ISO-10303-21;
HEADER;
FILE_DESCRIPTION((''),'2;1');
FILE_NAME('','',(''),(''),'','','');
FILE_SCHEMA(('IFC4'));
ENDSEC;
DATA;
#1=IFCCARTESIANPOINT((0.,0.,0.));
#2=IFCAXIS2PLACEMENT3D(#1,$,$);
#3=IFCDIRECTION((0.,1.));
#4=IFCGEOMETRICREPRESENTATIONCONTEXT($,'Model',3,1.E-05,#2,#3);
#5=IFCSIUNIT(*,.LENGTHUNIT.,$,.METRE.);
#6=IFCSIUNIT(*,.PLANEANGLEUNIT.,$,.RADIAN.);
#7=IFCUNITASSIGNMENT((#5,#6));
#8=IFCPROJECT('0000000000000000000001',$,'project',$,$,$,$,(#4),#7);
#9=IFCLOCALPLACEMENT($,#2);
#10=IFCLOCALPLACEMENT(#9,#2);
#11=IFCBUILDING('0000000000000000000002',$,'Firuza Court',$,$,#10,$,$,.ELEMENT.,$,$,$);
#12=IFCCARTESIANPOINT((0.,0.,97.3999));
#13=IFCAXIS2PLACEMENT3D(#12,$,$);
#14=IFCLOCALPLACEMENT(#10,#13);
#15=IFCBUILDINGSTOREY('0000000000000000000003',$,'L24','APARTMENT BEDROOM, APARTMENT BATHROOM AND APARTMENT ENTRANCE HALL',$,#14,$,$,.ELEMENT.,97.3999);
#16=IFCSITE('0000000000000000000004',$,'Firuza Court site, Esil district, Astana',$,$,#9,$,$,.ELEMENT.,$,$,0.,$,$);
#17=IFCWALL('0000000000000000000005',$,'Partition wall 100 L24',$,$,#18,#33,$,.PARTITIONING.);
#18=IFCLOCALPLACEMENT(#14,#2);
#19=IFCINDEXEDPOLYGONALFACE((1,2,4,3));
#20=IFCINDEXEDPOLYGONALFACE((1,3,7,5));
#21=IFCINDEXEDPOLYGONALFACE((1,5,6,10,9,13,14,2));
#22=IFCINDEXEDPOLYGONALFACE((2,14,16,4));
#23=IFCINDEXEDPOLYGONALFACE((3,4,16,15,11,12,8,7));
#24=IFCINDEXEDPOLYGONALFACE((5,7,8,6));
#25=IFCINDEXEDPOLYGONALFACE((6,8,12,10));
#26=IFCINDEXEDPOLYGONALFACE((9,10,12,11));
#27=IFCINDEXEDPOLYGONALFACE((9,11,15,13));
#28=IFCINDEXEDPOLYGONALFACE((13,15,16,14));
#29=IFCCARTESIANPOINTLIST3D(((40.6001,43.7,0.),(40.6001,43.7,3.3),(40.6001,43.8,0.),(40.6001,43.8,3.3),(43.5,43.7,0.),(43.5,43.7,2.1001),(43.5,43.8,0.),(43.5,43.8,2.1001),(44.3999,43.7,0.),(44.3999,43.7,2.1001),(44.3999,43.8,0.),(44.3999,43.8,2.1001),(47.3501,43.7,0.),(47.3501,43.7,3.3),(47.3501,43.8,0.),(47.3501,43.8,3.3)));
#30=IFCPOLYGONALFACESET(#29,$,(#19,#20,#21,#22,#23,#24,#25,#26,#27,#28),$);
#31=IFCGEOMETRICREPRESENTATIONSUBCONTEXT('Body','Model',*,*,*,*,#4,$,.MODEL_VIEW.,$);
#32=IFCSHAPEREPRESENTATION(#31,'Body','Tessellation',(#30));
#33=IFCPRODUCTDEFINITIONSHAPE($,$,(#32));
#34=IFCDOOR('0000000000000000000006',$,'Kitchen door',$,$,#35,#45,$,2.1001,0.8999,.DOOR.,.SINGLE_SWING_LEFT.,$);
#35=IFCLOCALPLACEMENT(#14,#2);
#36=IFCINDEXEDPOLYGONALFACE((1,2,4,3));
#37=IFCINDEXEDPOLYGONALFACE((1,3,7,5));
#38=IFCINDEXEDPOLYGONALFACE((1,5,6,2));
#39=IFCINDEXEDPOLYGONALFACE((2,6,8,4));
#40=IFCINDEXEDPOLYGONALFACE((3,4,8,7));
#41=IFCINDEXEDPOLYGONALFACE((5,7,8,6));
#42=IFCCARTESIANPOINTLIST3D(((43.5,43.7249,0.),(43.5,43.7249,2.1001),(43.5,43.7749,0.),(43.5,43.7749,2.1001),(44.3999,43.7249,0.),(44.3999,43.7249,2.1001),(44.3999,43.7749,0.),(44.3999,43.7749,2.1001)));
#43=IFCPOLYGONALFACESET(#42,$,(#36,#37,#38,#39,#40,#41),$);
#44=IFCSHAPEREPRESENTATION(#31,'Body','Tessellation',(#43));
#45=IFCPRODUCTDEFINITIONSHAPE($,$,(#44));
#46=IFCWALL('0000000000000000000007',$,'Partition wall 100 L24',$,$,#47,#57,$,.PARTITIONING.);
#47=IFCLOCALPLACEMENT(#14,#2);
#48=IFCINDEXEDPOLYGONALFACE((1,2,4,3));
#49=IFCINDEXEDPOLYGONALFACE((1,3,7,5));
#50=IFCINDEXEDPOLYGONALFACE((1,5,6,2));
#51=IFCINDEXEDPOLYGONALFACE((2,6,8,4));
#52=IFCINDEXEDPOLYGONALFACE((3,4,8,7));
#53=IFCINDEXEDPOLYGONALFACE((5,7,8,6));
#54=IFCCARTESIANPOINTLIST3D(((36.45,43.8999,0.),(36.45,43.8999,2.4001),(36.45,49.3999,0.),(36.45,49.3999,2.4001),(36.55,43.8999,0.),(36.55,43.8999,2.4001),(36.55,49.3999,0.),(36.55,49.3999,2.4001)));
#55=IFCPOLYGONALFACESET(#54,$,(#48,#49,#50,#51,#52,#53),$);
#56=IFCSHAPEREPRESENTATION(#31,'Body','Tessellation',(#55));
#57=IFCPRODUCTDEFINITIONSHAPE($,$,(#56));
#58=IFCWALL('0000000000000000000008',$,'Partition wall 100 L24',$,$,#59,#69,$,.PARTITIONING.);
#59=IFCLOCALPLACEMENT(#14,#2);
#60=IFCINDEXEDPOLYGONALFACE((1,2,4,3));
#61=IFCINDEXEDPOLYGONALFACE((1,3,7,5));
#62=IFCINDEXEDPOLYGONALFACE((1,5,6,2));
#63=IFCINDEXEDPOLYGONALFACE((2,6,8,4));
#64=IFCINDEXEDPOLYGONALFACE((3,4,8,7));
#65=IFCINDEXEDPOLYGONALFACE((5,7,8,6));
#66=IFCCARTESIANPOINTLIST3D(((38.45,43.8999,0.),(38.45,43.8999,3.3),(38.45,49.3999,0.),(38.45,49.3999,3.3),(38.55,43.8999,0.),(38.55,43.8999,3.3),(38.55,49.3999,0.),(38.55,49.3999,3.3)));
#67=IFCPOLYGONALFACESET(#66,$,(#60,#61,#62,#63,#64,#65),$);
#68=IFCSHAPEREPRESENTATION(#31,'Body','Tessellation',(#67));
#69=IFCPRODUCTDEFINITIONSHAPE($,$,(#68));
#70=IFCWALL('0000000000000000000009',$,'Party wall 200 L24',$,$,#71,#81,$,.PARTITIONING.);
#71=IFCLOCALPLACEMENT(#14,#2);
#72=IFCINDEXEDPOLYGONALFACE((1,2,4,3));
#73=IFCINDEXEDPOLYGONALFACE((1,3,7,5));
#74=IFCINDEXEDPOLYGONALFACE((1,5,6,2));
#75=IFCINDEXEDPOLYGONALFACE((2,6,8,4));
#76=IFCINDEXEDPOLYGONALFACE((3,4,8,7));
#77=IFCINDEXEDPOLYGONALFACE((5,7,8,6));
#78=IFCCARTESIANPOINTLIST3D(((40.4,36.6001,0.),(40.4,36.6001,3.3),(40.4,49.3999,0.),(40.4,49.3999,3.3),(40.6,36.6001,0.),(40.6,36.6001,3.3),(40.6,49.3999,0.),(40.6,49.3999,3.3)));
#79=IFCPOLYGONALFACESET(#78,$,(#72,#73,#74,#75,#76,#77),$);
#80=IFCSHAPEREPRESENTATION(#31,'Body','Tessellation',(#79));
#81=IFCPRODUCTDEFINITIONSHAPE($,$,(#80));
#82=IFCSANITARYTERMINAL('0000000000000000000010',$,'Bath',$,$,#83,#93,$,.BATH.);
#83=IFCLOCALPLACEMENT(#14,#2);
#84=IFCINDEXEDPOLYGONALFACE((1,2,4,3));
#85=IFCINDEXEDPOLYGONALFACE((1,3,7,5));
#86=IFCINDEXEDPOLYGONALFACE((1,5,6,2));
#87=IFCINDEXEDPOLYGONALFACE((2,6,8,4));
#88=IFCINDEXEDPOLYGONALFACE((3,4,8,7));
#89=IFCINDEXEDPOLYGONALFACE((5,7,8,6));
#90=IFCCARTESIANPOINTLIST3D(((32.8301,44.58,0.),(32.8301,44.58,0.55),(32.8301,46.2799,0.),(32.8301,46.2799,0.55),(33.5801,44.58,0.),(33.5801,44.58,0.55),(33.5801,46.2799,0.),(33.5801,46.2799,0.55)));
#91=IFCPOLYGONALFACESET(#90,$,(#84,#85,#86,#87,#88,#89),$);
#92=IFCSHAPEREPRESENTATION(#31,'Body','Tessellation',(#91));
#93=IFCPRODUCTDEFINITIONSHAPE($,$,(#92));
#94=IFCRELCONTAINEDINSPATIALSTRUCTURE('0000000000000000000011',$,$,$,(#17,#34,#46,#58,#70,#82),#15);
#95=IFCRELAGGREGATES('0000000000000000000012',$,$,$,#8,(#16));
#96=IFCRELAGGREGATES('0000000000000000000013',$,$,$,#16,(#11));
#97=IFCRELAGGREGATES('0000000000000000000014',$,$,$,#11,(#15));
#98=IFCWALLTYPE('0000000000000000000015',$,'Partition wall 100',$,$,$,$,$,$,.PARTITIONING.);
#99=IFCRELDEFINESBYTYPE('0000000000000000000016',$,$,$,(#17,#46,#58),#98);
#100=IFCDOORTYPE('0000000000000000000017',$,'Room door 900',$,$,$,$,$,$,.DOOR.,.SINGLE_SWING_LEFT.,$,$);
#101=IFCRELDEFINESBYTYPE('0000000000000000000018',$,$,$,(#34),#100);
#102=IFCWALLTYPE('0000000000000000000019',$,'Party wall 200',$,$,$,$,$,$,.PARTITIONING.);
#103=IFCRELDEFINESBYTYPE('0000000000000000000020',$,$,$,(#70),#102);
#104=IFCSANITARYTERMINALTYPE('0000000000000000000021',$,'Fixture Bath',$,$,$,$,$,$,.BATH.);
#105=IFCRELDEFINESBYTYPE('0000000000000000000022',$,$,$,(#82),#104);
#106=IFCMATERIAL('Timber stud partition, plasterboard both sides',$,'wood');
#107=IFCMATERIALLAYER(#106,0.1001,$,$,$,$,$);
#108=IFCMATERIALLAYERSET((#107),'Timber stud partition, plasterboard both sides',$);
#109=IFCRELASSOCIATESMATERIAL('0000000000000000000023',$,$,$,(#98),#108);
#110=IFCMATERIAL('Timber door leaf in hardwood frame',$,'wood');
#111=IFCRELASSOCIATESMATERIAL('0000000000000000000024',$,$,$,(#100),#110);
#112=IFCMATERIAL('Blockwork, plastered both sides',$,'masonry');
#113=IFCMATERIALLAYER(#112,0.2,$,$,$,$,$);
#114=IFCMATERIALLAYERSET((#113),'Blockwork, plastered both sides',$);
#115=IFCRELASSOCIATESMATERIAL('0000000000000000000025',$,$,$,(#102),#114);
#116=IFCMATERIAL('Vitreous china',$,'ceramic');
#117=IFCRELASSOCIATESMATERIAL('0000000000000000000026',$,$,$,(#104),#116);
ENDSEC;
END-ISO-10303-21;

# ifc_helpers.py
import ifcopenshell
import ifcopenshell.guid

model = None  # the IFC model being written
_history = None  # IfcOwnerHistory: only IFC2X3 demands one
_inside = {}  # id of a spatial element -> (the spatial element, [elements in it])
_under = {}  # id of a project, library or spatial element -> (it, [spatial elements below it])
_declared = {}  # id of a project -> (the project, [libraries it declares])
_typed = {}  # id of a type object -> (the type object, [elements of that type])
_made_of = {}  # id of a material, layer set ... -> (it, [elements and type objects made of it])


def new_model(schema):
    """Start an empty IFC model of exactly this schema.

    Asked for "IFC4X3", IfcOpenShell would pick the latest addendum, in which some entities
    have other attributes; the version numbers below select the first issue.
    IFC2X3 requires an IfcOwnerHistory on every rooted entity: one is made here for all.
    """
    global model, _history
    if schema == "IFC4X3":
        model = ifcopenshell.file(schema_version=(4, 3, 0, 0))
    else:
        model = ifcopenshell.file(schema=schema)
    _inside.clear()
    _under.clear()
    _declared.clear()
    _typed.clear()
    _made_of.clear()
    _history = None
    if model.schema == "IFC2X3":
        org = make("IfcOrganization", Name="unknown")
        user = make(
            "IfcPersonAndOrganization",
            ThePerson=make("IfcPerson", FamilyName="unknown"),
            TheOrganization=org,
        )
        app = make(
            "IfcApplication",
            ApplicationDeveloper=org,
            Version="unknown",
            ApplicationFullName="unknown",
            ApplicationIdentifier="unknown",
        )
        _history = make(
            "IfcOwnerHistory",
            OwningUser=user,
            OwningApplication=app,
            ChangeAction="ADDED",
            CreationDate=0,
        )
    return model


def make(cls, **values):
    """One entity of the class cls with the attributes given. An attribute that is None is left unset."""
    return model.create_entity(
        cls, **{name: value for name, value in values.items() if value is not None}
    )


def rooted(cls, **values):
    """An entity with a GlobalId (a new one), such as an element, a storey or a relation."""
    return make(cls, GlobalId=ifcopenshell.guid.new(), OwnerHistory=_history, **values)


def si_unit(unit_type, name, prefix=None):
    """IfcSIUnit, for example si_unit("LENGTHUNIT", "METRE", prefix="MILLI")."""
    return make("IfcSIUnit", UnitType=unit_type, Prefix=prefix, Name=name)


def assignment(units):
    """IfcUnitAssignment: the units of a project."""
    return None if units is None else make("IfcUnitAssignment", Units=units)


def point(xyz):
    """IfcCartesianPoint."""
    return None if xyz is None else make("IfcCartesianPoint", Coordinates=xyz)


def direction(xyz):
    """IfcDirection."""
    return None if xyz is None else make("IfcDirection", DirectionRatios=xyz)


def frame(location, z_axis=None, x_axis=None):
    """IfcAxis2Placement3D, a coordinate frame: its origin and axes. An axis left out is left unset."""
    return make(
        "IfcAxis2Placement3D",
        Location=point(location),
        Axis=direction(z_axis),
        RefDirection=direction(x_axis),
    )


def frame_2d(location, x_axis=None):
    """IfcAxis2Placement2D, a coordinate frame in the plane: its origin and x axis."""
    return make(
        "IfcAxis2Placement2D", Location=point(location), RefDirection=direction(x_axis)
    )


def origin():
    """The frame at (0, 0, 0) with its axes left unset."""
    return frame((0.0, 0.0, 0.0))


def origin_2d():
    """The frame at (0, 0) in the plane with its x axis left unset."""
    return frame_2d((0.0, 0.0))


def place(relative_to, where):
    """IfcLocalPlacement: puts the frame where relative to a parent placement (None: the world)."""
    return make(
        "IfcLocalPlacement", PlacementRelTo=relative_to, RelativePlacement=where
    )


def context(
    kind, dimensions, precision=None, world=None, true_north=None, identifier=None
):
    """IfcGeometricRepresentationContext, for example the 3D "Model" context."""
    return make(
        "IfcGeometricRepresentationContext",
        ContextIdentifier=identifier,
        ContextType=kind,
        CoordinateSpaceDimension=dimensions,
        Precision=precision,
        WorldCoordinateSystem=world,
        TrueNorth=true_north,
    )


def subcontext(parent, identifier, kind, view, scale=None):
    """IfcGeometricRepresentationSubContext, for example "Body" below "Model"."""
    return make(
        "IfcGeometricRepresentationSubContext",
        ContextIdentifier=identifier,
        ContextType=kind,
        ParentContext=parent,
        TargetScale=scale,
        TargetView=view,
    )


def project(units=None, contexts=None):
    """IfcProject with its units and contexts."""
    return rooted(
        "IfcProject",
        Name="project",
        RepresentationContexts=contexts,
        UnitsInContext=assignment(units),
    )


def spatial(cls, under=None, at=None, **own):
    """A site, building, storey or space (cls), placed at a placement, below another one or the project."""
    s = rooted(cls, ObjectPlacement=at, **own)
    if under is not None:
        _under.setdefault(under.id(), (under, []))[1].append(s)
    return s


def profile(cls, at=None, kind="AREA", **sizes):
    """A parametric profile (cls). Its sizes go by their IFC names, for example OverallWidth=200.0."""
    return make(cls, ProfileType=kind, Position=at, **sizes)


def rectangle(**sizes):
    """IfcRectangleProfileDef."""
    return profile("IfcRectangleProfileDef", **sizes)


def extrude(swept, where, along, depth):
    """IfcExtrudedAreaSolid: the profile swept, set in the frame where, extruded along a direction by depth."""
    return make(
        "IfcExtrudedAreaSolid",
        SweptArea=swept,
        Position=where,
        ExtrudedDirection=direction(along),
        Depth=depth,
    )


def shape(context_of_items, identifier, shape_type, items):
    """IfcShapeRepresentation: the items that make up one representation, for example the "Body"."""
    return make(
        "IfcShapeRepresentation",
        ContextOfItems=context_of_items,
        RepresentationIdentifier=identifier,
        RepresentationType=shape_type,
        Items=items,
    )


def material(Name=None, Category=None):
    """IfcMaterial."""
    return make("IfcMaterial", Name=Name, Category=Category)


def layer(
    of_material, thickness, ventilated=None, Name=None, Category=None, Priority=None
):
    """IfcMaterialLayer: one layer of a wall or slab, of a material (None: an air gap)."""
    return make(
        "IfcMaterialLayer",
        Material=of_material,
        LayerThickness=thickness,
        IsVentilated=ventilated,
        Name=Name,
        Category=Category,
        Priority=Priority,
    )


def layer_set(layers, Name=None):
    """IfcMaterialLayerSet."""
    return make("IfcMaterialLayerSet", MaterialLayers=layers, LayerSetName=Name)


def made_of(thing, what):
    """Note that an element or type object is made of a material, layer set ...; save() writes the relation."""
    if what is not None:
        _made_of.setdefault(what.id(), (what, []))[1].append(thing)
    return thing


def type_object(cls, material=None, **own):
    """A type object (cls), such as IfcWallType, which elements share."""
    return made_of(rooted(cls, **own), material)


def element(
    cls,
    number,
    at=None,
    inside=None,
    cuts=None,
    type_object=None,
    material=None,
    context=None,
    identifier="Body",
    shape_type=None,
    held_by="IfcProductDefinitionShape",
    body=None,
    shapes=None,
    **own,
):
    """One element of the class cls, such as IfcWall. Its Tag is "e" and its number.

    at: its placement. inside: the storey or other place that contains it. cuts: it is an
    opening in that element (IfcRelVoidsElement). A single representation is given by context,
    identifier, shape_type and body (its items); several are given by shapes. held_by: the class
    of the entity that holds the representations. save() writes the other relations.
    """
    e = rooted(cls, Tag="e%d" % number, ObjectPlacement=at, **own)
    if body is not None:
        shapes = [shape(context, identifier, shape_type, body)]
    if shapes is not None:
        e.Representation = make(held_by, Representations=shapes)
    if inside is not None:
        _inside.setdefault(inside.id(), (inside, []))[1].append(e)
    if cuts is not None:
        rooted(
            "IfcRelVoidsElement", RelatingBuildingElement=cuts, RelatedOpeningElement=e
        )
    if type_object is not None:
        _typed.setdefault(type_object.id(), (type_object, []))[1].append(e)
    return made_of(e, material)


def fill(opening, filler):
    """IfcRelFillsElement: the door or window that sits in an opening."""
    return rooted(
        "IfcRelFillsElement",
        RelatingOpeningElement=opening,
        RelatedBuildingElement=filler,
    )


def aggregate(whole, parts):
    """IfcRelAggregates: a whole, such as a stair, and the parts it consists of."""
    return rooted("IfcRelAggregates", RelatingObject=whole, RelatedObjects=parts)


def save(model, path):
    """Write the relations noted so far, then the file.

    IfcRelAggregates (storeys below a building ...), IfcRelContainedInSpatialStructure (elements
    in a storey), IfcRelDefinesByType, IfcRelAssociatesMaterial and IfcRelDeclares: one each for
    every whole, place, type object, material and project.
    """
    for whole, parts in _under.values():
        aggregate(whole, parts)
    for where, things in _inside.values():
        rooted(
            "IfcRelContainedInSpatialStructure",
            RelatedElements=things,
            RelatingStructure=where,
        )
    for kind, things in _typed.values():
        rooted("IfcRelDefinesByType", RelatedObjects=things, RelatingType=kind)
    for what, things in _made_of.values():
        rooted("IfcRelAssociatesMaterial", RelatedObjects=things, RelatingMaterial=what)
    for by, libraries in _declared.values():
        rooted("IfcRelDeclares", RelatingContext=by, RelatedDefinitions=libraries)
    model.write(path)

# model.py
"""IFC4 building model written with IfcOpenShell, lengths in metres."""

from ifc_helpers import new_model, si_unit, direction, frame, frame_2d, origin, origin_2d, place, context, subcontext, project, spatial, rectangle, extrude, material, layer, layer_set, type_object, element, fill, save


model = new_model("IFC4")

# Units and contexts
model_context = context("Model", 3, precision=1e-05, world=origin(), true_north=direction((0.0, 1.0)))
body_context = subcontext(model_context, "Body", "Model", "MODEL_VIEW")
ifc_project = project(units=[si_unit("LENGTHUNIT", "METRE"), si_unit("PLANEANGLEUNIT", "RADIAN")], contexts=[model_context])

# Site, building, storey
site_placement = place(None, origin())
site = spatial("IfcSite", under=ifc_project, at=site_placement, Name="Firuza Court site, Esil district, Astana", CompositionType="ELEMENT", RefElevation=0.0)
building_placement = place(site_placement, origin())
building = spatial("IfcBuilding", under=site, at=building_placement, Name="Firuza Court", CompositionType="ELEMENT")
storey_placement = place(building_placement, frame((0.0, 0.0, 97.3999)))
storey = spatial("IfcBuildingStorey", under=building, at=storey_placement, Name="L24", Description="APARTMENT BEDROOM, APARTMENT BATHROOM AND APARTMENT ENTRANCE HALL", CompositionType="ELEMENT", Elevation=97.3999)

# Shared definitions
ifc_material_1 = material(Name="Timber stud partition, plasterboard both sides", Category="wood")
ifc_layer_1 = layer(ifc_material_1, 0.1001)
ifc_layer_set_1 = layer_set([ifc_layer_1], Name="Timber stud partition, plasterboard both sides")
wall_type_1 = type_object("IfcWallType", Name="Partition wall 100", PredefinedType="PARTITIONING", material=ifc_layer_set_1)

# Shared definitions
ifc_material_2 = material(Name="Timber door leaf in hardwood frame", Category="wood")
door_type = type_object("IfcDoorType", Name="Room door 900", OperationType="SINGLE_SWING_LEFT", PredefinedType="DOOR", material=ifc_material_2)

# Wall, opening, door
wall_1_placement = place(storey_placement, frame((40.6001, 43.75, 0.0), z_axis=(0.0, 0.0, 1.0), x_axis=(1.0, 0.0, 0.0)))
wall_1 = element("IfcWall", 1, at=wall_1_placement, inside=storey, type_object=wall_type_1, Name="Partition wall 100 L24", PredefinedType="PARTITIONING", context=body_context, shape_type="SweptSolid", body=[
    extrude(rectangle(XDim=6.75, YDim=0.1001, at=frame_2d((3.375, 0.0))), origin(), (0.0, 0.0, 1.0), 3.3),
])
opening_1_placement = place(wall_1_placement, frame((2.8999, 0.0, 0.0)))
opening_1 = element("IfcOpeningElement", 2, at=opening_1_placement, cuts=wall_1, PredefinedType="OPENING", context=body_context, shape_type="SweptSolid", body=[
    extrude(rectangle(XDim=0.8999, YDim=2.1001, at=frame_2d((0.45, 1.05))), frame((0.0, 0.062, 0.0), z_axis=(0.0, -1.0, 0.0), x_axis=(1.0, 0.0, 0.0)), (0.0, 0.0, 1.0), 0.124),
])
door_1_placement = place(opening_1_placement, origin())
door_1 = element("IfcDoor", 3, at=door_1_placement, inside=storey, type_object=door_type, Name="Kitchen door", OperationType="SINGLE_SWING_LEFT", OverallHeight=2.1001, OverallWidth=0.8999, PredefinedType="DOOR", context=body_context, shape_type="SweptSolid", body=[
    extrude(rectangle(XDim=0.8999, YDim=2.1001, at=frame_2d((0.45, 1.05))), frame((0.0, 0.0249, 0.0), z_axis=(0.0, -1.0, 0.0), x_axis=(1.0, 0.0, 0.0)), (0.0, 0.0, 1.0), 0.05),
])
fill(opening_1, door_1)

# Walls
wall_2_placement = place(storey_placement, frame((36.5, 43.8999, 0.0), z_axis=(0.0, 0.0, 1.0), x_axis=(0.0, 1.0, 0.0)))
element("IfcWall", 4, at=wall_2_placement, inside=storey, type_object=wall_type_1, Name="Partition wall 100 L24", PredefinedType="PARTITIONING", context=body_context, shape_type="SweptSolid", body=[
    extrude(rectangle(XDim=5.5, YDim=0.1001, at=frame_2d((2.75, 0.0))), origin(), (0.0, 0.0, 1.0), 2.4001),
])
wall_3_placement = place(storey_placement, frame((38.5, 43.8999, 0.0), z_axis=(0.0, 0.0, 1.0), x_axis=(0.0, 1.0, 0.0)))
element("IfcWall", 5, at=wall_3_placement, inside=storey, type_object=wall_type_1, Name="Partition wall 100 L24", PredefinedType="PARTITIONING", context=body_context, shape_type="SweptSolid", body=[
    extrude(rectangle(XDim=5.5, YDim=0.1001, at=frame_2d((2.75, 0.0))), origin(), (0.0, 0.0, 1.0), 3.3),
])
ifc_material_3 = material(Name="Blockwork, plastered both sides", Category="masonry")
ifc_layer_2 = layer(ifc_material_3, 0.2)
ifc_layer_set_2 = layer_set([ifc_layer_2], Name="Blockwork, plastered both sides")
wall_type_2 = type_object("IfcWallType", Name="Party wall 200", PredefinedType="PARTITIONING", material=ifc_layer_set_2)
wall_4_placement = place(storey_placement, frame((40.5, 36.6001, 0.0), z_axis=(0.0, 0.0, 1.0), x_axis=(0.0, 1.0, 0.0)))
element("IfcWall", 6, at=wall_4_placement, inside=storey, type_object=wall_type_2, Name="Party wall 200 L24", PredefinedType="PARTITIONING", context=body_context, shape_type="SweptSolid", body=[
    extrude(rectangle(XDim=12.7998, YDim=0.2, at=frame_2d((6.3999, 0.0))), origin(), (0.0, 0.0, 1.0), 3.3),
])

# Sanitary terminal
ifc_material_4 = material(Name="Vitreous china", Category="ceramic")
sanitary_terminal_type = type_object("IfcSanitaryTerminalType", Name="Fixture Bath", PredefinedType="BATH", material=ifc_material_4)
sanitary_terminal_placement = place(storey_placement, frame((33.2051, 45.4299, 0.0), z_axis=(0.0, 0.0, 1.0), x_axis=(1.0, 0.0, 0.0)))
element("IfcSanitaryTerminal", 7, at=sanitary_terminal_placement, inside=storey, type_object=sanitary_terminal_type, Name="Bath", PredefinedType="BATH", context=body_context, shape_type="SweptSolid", body=[
    extrude(rectangle(XDim=0.75, YDim=1.7, at=origin_2d()), origin(), (0.0, 0.0, 1.0), 0.55),
])

save(model, "model.ifc")
